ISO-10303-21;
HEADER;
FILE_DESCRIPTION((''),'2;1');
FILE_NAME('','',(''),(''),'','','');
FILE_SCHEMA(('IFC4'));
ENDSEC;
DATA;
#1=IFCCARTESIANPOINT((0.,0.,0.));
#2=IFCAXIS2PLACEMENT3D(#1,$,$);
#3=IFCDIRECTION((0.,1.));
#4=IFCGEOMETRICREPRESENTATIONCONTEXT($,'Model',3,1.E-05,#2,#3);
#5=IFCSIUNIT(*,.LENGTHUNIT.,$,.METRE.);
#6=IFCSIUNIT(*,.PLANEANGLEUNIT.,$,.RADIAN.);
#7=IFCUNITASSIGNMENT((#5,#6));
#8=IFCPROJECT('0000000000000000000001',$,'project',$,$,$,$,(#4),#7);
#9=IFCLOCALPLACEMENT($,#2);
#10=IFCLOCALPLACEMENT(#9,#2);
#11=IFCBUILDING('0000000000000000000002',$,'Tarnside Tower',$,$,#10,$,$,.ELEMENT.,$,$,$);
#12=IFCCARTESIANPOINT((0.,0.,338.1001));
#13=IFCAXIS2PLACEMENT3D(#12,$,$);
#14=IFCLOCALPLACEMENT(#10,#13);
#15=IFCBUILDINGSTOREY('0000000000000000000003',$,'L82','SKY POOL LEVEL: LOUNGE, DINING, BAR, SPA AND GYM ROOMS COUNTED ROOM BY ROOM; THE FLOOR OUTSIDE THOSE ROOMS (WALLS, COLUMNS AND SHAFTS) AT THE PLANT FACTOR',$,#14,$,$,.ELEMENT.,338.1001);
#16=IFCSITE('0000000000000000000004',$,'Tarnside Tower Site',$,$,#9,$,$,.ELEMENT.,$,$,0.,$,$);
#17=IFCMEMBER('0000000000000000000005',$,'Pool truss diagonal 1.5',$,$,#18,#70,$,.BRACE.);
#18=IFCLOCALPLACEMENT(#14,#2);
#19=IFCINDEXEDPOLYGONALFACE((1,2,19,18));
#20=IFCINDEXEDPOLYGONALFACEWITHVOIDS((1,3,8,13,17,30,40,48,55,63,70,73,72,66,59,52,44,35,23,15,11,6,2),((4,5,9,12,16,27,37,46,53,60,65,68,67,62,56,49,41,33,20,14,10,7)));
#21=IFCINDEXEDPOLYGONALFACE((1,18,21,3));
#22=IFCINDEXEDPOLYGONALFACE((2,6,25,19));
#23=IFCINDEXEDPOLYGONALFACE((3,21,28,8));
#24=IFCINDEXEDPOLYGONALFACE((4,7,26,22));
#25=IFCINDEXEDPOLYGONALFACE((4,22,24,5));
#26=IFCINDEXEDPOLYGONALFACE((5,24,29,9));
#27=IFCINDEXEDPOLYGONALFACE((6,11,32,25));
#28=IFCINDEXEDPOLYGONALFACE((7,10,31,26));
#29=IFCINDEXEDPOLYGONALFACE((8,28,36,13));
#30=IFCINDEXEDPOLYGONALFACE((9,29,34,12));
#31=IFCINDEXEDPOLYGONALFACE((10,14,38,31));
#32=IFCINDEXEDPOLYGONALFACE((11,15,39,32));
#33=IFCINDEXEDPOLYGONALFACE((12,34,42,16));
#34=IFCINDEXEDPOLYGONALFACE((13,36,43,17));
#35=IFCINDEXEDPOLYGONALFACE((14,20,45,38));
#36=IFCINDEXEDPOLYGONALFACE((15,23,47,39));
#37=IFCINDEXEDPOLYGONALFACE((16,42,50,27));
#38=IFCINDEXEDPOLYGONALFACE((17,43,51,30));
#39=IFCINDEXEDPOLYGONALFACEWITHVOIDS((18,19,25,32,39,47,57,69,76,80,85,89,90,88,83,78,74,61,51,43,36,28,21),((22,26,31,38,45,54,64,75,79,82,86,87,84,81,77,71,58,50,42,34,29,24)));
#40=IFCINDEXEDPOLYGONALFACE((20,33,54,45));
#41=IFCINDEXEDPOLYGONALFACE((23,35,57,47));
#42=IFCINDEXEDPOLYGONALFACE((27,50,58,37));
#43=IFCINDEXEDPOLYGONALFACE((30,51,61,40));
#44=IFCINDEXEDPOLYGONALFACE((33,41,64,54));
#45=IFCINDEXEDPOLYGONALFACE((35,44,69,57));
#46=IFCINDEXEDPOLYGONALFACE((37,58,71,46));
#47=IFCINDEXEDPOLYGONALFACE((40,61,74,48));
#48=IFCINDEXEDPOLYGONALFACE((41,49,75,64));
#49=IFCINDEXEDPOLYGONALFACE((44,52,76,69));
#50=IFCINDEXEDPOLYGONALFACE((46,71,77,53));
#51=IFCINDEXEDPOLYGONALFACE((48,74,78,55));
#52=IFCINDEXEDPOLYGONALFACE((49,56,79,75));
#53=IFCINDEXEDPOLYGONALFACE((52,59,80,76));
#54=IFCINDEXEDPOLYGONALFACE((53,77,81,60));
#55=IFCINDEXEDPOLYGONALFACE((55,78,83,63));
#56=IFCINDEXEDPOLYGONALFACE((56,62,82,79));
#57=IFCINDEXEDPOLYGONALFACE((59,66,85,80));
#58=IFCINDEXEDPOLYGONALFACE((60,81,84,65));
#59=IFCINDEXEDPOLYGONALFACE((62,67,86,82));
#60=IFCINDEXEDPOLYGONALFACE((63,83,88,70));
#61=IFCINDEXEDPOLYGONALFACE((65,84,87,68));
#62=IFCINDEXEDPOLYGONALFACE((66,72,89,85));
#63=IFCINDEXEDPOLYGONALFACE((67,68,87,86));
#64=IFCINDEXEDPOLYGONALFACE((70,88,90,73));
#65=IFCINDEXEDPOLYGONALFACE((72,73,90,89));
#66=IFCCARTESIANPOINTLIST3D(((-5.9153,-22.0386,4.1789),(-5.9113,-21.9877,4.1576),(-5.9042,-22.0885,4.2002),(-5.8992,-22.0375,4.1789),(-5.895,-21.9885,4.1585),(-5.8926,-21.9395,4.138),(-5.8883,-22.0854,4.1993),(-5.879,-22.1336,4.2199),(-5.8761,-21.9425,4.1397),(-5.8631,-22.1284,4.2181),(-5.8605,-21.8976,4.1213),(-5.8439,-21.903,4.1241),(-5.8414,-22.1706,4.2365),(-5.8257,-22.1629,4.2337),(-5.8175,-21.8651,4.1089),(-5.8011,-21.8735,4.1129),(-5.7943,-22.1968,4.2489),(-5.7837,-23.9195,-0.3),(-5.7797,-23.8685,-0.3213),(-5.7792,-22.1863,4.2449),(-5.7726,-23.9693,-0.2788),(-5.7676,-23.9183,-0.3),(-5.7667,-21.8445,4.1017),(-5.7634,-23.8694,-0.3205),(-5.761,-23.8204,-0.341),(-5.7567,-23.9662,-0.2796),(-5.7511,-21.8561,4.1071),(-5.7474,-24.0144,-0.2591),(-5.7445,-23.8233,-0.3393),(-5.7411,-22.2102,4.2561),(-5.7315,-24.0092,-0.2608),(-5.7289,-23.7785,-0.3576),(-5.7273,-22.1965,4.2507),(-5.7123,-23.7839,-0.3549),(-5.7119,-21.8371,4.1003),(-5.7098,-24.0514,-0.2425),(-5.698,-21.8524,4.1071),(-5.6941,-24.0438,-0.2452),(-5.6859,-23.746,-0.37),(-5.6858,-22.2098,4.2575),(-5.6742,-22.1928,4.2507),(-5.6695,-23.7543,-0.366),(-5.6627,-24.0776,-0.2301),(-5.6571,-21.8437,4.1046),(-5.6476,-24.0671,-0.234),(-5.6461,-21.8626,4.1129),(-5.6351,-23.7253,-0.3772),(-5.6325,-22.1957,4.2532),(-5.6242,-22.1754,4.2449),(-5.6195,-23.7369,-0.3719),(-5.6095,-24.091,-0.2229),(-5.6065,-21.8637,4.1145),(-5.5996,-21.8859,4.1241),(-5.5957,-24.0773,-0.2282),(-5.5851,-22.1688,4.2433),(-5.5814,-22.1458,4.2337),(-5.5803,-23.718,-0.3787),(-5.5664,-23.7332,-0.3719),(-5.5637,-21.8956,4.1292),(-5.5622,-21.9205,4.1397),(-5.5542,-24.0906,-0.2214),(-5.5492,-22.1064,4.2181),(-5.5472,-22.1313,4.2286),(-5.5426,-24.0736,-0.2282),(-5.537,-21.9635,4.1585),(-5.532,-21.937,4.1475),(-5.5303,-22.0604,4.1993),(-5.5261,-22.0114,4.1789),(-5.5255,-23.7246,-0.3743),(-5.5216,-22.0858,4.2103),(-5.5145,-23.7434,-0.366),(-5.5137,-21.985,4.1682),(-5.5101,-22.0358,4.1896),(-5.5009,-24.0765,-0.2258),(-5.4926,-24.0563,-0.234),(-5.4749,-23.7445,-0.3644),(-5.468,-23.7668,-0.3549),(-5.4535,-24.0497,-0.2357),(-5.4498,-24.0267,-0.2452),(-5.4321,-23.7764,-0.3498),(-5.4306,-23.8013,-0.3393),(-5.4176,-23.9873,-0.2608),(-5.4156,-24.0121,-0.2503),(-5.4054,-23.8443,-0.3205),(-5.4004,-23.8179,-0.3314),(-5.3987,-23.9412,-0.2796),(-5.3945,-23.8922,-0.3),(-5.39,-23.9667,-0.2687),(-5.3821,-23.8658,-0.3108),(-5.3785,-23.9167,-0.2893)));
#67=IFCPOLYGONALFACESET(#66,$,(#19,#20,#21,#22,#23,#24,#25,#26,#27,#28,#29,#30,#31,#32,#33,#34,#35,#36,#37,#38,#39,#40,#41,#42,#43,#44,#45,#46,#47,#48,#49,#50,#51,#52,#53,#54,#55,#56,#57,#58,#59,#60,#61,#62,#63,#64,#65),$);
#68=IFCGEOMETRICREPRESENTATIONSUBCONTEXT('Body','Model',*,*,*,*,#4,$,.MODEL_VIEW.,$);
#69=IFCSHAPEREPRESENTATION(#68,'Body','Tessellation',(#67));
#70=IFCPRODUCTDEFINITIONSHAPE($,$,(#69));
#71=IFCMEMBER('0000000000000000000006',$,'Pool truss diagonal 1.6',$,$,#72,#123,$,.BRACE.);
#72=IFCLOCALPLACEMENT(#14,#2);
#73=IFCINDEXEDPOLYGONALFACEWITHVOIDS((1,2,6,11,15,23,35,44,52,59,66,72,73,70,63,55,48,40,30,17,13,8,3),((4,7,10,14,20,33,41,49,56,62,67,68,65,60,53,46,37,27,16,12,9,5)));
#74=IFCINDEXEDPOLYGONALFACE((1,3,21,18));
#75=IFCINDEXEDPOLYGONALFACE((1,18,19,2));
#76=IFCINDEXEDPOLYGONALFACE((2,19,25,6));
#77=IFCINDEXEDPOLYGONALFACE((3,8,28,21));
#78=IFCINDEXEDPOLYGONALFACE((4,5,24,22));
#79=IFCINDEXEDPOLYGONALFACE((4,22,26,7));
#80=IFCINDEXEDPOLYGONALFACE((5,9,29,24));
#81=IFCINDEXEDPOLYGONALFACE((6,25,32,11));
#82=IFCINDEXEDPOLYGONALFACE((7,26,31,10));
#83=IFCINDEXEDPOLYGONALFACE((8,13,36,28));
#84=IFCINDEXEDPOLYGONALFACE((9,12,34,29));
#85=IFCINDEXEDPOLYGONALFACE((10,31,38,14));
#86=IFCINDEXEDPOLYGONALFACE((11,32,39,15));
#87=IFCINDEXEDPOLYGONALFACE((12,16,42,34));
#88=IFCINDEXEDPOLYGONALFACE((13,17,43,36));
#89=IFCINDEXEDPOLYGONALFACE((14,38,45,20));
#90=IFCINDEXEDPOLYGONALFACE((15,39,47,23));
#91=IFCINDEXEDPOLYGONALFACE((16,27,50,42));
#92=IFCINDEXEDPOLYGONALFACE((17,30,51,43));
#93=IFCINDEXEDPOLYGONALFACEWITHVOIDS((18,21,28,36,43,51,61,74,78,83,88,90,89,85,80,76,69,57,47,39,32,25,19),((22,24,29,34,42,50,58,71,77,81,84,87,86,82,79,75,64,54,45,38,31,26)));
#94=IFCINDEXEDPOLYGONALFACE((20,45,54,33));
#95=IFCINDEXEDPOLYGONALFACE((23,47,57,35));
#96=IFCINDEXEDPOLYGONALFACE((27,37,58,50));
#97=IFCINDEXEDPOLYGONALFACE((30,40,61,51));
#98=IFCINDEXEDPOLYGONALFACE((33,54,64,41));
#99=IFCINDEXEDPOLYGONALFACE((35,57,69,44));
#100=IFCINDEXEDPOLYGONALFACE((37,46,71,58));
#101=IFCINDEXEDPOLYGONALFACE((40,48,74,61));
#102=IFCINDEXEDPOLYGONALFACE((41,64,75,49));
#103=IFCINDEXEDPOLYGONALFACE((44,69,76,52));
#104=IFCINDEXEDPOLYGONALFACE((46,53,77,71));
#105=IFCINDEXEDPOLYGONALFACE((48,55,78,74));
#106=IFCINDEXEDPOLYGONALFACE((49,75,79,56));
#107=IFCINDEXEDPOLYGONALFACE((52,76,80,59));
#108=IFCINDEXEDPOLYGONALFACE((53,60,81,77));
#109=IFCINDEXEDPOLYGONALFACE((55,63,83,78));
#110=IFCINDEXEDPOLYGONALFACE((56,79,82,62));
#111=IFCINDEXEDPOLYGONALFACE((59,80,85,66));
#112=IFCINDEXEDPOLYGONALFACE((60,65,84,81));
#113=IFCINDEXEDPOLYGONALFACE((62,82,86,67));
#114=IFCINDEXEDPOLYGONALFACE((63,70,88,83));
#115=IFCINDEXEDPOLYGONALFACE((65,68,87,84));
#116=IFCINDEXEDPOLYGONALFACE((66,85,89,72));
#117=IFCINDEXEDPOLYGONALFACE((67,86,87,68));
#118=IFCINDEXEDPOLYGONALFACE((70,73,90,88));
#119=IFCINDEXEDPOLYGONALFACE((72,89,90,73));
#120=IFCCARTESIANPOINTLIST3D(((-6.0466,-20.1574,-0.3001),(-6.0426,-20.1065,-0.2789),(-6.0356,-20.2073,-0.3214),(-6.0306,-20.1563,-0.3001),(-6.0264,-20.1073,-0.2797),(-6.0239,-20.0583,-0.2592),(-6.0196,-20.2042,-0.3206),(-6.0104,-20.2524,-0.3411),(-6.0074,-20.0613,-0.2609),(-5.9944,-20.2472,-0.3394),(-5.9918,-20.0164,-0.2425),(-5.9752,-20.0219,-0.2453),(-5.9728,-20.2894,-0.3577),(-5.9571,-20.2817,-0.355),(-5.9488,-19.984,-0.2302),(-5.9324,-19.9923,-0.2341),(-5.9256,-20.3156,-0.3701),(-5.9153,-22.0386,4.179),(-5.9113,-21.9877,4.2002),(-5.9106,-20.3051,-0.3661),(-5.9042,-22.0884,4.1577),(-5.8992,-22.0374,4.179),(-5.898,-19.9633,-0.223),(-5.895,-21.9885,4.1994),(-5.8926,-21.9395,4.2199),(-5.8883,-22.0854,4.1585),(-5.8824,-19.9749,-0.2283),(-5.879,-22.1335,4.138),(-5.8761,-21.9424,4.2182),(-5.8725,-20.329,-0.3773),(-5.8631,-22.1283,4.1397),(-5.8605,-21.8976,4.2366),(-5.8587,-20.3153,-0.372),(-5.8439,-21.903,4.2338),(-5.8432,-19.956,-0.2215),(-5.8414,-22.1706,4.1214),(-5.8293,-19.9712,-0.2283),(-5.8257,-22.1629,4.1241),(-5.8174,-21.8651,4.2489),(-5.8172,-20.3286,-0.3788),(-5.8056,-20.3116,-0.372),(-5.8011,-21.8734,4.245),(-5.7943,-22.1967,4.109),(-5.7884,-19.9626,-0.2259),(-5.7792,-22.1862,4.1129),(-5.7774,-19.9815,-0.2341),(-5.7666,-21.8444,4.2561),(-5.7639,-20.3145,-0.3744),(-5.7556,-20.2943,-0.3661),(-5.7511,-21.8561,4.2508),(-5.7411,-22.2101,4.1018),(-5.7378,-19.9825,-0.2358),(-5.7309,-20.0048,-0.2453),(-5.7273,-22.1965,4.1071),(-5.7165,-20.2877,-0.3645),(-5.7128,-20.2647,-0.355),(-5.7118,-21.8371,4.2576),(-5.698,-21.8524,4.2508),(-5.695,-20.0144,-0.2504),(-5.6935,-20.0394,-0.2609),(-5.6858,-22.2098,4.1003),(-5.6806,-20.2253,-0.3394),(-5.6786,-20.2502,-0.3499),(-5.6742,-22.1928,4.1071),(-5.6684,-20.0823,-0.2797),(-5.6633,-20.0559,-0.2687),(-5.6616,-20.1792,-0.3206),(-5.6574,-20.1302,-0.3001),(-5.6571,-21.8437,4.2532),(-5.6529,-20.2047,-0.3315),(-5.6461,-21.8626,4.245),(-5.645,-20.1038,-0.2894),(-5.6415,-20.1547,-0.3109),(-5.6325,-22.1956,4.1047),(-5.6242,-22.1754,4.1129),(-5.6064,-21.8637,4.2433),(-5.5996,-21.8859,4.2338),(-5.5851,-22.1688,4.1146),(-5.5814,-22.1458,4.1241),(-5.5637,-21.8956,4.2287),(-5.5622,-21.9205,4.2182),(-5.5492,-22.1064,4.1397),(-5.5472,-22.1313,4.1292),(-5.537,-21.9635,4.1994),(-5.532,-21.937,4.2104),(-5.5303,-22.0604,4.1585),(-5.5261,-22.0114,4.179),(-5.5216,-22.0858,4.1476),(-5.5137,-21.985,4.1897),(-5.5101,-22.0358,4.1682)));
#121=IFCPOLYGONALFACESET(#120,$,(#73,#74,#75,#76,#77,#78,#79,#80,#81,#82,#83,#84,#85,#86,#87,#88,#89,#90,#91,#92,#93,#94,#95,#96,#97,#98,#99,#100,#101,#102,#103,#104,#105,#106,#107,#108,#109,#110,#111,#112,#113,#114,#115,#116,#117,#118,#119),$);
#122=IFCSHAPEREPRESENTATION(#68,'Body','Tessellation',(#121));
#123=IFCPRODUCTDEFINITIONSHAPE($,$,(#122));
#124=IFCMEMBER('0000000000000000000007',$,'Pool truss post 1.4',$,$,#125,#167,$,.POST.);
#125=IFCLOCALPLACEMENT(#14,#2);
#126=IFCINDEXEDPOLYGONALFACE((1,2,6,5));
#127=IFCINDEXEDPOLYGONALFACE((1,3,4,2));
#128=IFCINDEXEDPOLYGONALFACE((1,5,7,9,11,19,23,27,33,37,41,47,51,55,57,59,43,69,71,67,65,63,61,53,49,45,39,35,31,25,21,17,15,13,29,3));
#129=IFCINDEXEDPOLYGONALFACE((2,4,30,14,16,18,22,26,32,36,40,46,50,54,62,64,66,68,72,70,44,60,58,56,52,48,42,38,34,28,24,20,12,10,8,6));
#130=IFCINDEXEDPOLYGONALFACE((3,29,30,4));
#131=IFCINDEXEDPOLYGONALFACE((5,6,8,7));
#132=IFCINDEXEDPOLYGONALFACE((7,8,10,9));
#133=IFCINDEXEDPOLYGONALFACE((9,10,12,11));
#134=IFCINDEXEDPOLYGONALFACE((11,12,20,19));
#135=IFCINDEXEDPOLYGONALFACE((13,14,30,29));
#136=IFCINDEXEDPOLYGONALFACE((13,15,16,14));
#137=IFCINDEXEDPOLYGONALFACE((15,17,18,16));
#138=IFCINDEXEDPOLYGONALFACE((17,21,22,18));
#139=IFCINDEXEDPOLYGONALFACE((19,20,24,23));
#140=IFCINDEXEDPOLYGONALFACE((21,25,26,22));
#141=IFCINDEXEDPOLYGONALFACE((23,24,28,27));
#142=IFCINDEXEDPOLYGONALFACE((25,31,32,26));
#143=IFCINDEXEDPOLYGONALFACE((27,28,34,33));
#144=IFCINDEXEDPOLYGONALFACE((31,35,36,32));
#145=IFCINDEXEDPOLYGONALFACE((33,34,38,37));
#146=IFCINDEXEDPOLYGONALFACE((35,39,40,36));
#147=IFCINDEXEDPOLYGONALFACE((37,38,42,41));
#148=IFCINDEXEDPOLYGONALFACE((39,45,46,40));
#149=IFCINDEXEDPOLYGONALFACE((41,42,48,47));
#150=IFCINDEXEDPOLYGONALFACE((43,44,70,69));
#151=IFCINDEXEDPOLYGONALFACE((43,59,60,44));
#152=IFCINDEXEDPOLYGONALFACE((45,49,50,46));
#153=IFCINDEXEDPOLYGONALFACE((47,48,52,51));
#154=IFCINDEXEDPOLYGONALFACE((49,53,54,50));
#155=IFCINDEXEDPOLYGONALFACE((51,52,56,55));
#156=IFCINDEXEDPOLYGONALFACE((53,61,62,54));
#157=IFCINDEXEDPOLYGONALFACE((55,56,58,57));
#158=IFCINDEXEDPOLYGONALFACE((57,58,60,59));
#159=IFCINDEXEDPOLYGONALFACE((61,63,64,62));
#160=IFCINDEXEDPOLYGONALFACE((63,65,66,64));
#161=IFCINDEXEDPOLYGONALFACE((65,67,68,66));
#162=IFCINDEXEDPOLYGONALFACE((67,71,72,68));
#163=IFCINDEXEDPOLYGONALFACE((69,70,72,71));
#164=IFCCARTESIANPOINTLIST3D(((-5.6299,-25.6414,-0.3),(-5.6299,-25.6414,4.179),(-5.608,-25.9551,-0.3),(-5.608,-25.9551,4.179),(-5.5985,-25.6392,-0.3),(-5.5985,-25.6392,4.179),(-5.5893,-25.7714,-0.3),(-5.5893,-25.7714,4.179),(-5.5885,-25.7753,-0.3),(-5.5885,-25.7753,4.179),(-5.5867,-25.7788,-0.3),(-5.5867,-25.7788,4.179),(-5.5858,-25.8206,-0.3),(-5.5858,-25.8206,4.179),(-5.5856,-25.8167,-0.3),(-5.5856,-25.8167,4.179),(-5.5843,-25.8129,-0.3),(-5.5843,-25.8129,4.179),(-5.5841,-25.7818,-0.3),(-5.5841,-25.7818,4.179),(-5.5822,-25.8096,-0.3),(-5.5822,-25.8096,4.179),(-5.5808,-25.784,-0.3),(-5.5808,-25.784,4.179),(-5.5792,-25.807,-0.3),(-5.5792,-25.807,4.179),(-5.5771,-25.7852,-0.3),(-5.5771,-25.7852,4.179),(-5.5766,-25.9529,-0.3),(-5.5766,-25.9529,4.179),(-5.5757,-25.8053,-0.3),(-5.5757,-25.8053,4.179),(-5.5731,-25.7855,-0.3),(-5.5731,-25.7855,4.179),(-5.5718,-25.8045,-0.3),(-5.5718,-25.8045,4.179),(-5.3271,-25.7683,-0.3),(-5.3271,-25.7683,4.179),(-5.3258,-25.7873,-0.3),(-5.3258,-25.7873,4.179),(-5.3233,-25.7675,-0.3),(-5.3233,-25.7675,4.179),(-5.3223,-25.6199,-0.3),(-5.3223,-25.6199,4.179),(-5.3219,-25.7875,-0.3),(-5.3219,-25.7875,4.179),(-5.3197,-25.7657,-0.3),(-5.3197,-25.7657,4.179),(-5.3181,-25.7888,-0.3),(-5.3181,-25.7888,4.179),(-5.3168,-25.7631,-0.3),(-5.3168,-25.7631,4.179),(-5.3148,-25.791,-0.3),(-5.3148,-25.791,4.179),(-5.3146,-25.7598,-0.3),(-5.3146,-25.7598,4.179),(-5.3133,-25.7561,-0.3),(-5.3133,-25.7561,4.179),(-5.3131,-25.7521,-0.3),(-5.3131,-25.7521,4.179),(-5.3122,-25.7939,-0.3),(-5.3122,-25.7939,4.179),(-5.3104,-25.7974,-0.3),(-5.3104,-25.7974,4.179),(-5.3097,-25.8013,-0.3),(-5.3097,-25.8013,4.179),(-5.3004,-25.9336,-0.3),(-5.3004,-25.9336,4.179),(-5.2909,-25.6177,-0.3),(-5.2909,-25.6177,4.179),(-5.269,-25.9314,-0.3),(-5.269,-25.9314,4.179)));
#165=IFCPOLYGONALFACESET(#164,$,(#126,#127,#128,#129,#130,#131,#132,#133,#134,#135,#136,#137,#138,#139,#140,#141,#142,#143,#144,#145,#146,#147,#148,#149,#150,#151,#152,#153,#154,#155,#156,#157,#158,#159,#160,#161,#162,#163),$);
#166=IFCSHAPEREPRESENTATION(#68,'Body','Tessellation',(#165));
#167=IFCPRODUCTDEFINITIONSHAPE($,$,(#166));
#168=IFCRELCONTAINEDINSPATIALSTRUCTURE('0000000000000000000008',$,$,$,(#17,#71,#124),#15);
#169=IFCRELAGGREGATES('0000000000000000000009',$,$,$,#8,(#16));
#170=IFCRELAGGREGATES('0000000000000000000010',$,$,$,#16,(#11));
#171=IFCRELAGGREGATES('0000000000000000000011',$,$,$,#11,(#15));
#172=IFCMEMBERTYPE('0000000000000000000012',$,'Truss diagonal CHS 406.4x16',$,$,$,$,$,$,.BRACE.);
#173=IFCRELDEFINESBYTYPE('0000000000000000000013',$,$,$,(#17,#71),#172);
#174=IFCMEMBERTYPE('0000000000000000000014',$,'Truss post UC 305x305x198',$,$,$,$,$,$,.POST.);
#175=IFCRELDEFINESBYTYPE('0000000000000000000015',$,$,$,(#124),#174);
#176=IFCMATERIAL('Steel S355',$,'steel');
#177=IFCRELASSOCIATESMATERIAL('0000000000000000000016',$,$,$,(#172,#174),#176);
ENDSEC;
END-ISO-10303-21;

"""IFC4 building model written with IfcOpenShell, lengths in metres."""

from ifc_helpers import new_model, si_unit, direction, frame, origin, origin_2d, place, context, subcontext, project, spatial, hollow_circle, i_section, extrude, material, material_profile, profile_set, type_object, element, save


model = new_model("IFC4")

# Units and contexts
model_context = context("Model", 3, precision=1e-05, world=origin(), true_north=direction((0.0, 1.0)))
body_context = subcontext(model_context, "Body", "Model", "MODEL_VIEW")
ifc_project = project(units=[si_unit("LENGTHUNIT", "METRE"), si_unit("PLANEANGLEUNIT", "RADIAN")], contexts=[model_context])

# Site, building, storey
site_placement = place(None, origin())
site = spatial("IfcSite", under=ifc_project, at=site_placement, Name="Tarnside Tower Site", CompositionType="ELEMENT", RefElevation=0.0)
building_placement = place(site_placement, origin())
building = spatial("IfcBuilding", under=site, at=building_placement, Name="Tarnside Tower", CompositionType="ELEMENT")
storey_placement = place(building_placement, frame((0.0, 0.0, 338.1001)))
storey = spatial("IfcBuildingStorey", under=building, at=storey_placement, Name="L82", Description="SKY POOL LEVEL: LOUNGE, DINING, BAR, SPA AND GYM ROOMS COUNTED ROOM BY ROOM; THE FLOOR OUTSIDE THOSE ROOMS (WALLS, COLUMNS AND SHAFTS) AT THE PLANT FACTOR", CompositionType="ELEMENT", Elevation=338.1001)

# Shared definitions
ifc_material_1 = material(Name="Steel S355", Category="steel")

# Members
ifc_material_profile_1 = material_profile(ifc_material_1, hollow_circle(Radius=0.2031, WallThickness=0.0161, at=origin_2d()), Name="CHS 406.4x16")
ifc_profile_set_1 = profile_set([ifc_material_profile_1], Name="Steel S355")
member_type_1 = type_object("IfcMemberType", Name="Truss diagonal CHS 406.4x16", PredefinedType="BRACE", material=ifc_profile_set_1)
member_1_placement = place(storey_placement, frame((-5.5811, -23.9053, -0.3), z_axis=(-0.027078, 0.387034, 0.921668), x_axis=(-0.997561, -0.069793, 0.0)))
element("IfcMember", 1, at=member_1_placement, inside=storey, type_object=member_type_1, Name="Pool truss diagonal 1.5", PredefinedType="BRACE", context=body_context, shape_type="SweptSolid", body=[
    extrude(hollow_circle(Radius=0.2031, WallThickness=0.0161, at=origin_2d()), origin(), (0.0, 0.0, 1.0), 4.8596),
])
member_2_placement = place(storey_placement, frame((-5.7126, -22.0244, 4.179), z_axis=(-0.027028, 0.387077, -0.921651), x_axis=(-0.997571, -0.069655, 0.0)))
element("IfcMember", 2, at=member_2_placement, inside=storey, type_object=member_type_1, Name="Pool truss diagonal 1.6", PredefinedType="BRACE", context=body_context, shape_type="SweptSolid", body=[
    extrude(hollow_circle(Radius=0.2031, WallThickness=0.0161, at=origin_2d()), origin(), (0.0, 0.0, 1.0), 4.8599),
])
ifc_material_profile_2 = material_profile(ifc_material_1, i_section(OverallWidth=0.3145, OverallDepth=0.3398, WebThickness=0.019, FlangeThickness=0.0315, FilletRadius=0.0151, at=origin_2d()), Name="UC 305x305x198")
ifc_profile_set_2 = profile_set([ifc_material_profile_2], Name="Steel S355")
member_type_2 = type_object("IfcMemberType", Name="Truss post UC 305x305x198", PredefinedType="POST", material=ifc_profile_set_2)
for number, where, z_axis, x_axis, name in (
    (3, (-5.4495, -25.7864, -0.3), (0.0, 0.0, 1.0), (-0.069756, 0.997564, 0.0), "Pool truss post 1.4"),
):
    element("IfcMember", number, at=place(storey_placement, frame(where, z_axis=z_axis, x_axis=x_axis)), inside=storey, type_object=member_type_2, Name=name, PredefinedType="POST", context=body_context, shape_type="SweptSolid", body=[
        extrude(i_section(OverallWidth=0.3145, OverallDepth=0.3398, WebThickness=0.019, FlangeThickness=0.0315, FilletRadius=0.0151, at=origin_2d()), origin(), (0.0, 0.0, 1.0), 4.479),
    ])

save(model, "model.ifc")
